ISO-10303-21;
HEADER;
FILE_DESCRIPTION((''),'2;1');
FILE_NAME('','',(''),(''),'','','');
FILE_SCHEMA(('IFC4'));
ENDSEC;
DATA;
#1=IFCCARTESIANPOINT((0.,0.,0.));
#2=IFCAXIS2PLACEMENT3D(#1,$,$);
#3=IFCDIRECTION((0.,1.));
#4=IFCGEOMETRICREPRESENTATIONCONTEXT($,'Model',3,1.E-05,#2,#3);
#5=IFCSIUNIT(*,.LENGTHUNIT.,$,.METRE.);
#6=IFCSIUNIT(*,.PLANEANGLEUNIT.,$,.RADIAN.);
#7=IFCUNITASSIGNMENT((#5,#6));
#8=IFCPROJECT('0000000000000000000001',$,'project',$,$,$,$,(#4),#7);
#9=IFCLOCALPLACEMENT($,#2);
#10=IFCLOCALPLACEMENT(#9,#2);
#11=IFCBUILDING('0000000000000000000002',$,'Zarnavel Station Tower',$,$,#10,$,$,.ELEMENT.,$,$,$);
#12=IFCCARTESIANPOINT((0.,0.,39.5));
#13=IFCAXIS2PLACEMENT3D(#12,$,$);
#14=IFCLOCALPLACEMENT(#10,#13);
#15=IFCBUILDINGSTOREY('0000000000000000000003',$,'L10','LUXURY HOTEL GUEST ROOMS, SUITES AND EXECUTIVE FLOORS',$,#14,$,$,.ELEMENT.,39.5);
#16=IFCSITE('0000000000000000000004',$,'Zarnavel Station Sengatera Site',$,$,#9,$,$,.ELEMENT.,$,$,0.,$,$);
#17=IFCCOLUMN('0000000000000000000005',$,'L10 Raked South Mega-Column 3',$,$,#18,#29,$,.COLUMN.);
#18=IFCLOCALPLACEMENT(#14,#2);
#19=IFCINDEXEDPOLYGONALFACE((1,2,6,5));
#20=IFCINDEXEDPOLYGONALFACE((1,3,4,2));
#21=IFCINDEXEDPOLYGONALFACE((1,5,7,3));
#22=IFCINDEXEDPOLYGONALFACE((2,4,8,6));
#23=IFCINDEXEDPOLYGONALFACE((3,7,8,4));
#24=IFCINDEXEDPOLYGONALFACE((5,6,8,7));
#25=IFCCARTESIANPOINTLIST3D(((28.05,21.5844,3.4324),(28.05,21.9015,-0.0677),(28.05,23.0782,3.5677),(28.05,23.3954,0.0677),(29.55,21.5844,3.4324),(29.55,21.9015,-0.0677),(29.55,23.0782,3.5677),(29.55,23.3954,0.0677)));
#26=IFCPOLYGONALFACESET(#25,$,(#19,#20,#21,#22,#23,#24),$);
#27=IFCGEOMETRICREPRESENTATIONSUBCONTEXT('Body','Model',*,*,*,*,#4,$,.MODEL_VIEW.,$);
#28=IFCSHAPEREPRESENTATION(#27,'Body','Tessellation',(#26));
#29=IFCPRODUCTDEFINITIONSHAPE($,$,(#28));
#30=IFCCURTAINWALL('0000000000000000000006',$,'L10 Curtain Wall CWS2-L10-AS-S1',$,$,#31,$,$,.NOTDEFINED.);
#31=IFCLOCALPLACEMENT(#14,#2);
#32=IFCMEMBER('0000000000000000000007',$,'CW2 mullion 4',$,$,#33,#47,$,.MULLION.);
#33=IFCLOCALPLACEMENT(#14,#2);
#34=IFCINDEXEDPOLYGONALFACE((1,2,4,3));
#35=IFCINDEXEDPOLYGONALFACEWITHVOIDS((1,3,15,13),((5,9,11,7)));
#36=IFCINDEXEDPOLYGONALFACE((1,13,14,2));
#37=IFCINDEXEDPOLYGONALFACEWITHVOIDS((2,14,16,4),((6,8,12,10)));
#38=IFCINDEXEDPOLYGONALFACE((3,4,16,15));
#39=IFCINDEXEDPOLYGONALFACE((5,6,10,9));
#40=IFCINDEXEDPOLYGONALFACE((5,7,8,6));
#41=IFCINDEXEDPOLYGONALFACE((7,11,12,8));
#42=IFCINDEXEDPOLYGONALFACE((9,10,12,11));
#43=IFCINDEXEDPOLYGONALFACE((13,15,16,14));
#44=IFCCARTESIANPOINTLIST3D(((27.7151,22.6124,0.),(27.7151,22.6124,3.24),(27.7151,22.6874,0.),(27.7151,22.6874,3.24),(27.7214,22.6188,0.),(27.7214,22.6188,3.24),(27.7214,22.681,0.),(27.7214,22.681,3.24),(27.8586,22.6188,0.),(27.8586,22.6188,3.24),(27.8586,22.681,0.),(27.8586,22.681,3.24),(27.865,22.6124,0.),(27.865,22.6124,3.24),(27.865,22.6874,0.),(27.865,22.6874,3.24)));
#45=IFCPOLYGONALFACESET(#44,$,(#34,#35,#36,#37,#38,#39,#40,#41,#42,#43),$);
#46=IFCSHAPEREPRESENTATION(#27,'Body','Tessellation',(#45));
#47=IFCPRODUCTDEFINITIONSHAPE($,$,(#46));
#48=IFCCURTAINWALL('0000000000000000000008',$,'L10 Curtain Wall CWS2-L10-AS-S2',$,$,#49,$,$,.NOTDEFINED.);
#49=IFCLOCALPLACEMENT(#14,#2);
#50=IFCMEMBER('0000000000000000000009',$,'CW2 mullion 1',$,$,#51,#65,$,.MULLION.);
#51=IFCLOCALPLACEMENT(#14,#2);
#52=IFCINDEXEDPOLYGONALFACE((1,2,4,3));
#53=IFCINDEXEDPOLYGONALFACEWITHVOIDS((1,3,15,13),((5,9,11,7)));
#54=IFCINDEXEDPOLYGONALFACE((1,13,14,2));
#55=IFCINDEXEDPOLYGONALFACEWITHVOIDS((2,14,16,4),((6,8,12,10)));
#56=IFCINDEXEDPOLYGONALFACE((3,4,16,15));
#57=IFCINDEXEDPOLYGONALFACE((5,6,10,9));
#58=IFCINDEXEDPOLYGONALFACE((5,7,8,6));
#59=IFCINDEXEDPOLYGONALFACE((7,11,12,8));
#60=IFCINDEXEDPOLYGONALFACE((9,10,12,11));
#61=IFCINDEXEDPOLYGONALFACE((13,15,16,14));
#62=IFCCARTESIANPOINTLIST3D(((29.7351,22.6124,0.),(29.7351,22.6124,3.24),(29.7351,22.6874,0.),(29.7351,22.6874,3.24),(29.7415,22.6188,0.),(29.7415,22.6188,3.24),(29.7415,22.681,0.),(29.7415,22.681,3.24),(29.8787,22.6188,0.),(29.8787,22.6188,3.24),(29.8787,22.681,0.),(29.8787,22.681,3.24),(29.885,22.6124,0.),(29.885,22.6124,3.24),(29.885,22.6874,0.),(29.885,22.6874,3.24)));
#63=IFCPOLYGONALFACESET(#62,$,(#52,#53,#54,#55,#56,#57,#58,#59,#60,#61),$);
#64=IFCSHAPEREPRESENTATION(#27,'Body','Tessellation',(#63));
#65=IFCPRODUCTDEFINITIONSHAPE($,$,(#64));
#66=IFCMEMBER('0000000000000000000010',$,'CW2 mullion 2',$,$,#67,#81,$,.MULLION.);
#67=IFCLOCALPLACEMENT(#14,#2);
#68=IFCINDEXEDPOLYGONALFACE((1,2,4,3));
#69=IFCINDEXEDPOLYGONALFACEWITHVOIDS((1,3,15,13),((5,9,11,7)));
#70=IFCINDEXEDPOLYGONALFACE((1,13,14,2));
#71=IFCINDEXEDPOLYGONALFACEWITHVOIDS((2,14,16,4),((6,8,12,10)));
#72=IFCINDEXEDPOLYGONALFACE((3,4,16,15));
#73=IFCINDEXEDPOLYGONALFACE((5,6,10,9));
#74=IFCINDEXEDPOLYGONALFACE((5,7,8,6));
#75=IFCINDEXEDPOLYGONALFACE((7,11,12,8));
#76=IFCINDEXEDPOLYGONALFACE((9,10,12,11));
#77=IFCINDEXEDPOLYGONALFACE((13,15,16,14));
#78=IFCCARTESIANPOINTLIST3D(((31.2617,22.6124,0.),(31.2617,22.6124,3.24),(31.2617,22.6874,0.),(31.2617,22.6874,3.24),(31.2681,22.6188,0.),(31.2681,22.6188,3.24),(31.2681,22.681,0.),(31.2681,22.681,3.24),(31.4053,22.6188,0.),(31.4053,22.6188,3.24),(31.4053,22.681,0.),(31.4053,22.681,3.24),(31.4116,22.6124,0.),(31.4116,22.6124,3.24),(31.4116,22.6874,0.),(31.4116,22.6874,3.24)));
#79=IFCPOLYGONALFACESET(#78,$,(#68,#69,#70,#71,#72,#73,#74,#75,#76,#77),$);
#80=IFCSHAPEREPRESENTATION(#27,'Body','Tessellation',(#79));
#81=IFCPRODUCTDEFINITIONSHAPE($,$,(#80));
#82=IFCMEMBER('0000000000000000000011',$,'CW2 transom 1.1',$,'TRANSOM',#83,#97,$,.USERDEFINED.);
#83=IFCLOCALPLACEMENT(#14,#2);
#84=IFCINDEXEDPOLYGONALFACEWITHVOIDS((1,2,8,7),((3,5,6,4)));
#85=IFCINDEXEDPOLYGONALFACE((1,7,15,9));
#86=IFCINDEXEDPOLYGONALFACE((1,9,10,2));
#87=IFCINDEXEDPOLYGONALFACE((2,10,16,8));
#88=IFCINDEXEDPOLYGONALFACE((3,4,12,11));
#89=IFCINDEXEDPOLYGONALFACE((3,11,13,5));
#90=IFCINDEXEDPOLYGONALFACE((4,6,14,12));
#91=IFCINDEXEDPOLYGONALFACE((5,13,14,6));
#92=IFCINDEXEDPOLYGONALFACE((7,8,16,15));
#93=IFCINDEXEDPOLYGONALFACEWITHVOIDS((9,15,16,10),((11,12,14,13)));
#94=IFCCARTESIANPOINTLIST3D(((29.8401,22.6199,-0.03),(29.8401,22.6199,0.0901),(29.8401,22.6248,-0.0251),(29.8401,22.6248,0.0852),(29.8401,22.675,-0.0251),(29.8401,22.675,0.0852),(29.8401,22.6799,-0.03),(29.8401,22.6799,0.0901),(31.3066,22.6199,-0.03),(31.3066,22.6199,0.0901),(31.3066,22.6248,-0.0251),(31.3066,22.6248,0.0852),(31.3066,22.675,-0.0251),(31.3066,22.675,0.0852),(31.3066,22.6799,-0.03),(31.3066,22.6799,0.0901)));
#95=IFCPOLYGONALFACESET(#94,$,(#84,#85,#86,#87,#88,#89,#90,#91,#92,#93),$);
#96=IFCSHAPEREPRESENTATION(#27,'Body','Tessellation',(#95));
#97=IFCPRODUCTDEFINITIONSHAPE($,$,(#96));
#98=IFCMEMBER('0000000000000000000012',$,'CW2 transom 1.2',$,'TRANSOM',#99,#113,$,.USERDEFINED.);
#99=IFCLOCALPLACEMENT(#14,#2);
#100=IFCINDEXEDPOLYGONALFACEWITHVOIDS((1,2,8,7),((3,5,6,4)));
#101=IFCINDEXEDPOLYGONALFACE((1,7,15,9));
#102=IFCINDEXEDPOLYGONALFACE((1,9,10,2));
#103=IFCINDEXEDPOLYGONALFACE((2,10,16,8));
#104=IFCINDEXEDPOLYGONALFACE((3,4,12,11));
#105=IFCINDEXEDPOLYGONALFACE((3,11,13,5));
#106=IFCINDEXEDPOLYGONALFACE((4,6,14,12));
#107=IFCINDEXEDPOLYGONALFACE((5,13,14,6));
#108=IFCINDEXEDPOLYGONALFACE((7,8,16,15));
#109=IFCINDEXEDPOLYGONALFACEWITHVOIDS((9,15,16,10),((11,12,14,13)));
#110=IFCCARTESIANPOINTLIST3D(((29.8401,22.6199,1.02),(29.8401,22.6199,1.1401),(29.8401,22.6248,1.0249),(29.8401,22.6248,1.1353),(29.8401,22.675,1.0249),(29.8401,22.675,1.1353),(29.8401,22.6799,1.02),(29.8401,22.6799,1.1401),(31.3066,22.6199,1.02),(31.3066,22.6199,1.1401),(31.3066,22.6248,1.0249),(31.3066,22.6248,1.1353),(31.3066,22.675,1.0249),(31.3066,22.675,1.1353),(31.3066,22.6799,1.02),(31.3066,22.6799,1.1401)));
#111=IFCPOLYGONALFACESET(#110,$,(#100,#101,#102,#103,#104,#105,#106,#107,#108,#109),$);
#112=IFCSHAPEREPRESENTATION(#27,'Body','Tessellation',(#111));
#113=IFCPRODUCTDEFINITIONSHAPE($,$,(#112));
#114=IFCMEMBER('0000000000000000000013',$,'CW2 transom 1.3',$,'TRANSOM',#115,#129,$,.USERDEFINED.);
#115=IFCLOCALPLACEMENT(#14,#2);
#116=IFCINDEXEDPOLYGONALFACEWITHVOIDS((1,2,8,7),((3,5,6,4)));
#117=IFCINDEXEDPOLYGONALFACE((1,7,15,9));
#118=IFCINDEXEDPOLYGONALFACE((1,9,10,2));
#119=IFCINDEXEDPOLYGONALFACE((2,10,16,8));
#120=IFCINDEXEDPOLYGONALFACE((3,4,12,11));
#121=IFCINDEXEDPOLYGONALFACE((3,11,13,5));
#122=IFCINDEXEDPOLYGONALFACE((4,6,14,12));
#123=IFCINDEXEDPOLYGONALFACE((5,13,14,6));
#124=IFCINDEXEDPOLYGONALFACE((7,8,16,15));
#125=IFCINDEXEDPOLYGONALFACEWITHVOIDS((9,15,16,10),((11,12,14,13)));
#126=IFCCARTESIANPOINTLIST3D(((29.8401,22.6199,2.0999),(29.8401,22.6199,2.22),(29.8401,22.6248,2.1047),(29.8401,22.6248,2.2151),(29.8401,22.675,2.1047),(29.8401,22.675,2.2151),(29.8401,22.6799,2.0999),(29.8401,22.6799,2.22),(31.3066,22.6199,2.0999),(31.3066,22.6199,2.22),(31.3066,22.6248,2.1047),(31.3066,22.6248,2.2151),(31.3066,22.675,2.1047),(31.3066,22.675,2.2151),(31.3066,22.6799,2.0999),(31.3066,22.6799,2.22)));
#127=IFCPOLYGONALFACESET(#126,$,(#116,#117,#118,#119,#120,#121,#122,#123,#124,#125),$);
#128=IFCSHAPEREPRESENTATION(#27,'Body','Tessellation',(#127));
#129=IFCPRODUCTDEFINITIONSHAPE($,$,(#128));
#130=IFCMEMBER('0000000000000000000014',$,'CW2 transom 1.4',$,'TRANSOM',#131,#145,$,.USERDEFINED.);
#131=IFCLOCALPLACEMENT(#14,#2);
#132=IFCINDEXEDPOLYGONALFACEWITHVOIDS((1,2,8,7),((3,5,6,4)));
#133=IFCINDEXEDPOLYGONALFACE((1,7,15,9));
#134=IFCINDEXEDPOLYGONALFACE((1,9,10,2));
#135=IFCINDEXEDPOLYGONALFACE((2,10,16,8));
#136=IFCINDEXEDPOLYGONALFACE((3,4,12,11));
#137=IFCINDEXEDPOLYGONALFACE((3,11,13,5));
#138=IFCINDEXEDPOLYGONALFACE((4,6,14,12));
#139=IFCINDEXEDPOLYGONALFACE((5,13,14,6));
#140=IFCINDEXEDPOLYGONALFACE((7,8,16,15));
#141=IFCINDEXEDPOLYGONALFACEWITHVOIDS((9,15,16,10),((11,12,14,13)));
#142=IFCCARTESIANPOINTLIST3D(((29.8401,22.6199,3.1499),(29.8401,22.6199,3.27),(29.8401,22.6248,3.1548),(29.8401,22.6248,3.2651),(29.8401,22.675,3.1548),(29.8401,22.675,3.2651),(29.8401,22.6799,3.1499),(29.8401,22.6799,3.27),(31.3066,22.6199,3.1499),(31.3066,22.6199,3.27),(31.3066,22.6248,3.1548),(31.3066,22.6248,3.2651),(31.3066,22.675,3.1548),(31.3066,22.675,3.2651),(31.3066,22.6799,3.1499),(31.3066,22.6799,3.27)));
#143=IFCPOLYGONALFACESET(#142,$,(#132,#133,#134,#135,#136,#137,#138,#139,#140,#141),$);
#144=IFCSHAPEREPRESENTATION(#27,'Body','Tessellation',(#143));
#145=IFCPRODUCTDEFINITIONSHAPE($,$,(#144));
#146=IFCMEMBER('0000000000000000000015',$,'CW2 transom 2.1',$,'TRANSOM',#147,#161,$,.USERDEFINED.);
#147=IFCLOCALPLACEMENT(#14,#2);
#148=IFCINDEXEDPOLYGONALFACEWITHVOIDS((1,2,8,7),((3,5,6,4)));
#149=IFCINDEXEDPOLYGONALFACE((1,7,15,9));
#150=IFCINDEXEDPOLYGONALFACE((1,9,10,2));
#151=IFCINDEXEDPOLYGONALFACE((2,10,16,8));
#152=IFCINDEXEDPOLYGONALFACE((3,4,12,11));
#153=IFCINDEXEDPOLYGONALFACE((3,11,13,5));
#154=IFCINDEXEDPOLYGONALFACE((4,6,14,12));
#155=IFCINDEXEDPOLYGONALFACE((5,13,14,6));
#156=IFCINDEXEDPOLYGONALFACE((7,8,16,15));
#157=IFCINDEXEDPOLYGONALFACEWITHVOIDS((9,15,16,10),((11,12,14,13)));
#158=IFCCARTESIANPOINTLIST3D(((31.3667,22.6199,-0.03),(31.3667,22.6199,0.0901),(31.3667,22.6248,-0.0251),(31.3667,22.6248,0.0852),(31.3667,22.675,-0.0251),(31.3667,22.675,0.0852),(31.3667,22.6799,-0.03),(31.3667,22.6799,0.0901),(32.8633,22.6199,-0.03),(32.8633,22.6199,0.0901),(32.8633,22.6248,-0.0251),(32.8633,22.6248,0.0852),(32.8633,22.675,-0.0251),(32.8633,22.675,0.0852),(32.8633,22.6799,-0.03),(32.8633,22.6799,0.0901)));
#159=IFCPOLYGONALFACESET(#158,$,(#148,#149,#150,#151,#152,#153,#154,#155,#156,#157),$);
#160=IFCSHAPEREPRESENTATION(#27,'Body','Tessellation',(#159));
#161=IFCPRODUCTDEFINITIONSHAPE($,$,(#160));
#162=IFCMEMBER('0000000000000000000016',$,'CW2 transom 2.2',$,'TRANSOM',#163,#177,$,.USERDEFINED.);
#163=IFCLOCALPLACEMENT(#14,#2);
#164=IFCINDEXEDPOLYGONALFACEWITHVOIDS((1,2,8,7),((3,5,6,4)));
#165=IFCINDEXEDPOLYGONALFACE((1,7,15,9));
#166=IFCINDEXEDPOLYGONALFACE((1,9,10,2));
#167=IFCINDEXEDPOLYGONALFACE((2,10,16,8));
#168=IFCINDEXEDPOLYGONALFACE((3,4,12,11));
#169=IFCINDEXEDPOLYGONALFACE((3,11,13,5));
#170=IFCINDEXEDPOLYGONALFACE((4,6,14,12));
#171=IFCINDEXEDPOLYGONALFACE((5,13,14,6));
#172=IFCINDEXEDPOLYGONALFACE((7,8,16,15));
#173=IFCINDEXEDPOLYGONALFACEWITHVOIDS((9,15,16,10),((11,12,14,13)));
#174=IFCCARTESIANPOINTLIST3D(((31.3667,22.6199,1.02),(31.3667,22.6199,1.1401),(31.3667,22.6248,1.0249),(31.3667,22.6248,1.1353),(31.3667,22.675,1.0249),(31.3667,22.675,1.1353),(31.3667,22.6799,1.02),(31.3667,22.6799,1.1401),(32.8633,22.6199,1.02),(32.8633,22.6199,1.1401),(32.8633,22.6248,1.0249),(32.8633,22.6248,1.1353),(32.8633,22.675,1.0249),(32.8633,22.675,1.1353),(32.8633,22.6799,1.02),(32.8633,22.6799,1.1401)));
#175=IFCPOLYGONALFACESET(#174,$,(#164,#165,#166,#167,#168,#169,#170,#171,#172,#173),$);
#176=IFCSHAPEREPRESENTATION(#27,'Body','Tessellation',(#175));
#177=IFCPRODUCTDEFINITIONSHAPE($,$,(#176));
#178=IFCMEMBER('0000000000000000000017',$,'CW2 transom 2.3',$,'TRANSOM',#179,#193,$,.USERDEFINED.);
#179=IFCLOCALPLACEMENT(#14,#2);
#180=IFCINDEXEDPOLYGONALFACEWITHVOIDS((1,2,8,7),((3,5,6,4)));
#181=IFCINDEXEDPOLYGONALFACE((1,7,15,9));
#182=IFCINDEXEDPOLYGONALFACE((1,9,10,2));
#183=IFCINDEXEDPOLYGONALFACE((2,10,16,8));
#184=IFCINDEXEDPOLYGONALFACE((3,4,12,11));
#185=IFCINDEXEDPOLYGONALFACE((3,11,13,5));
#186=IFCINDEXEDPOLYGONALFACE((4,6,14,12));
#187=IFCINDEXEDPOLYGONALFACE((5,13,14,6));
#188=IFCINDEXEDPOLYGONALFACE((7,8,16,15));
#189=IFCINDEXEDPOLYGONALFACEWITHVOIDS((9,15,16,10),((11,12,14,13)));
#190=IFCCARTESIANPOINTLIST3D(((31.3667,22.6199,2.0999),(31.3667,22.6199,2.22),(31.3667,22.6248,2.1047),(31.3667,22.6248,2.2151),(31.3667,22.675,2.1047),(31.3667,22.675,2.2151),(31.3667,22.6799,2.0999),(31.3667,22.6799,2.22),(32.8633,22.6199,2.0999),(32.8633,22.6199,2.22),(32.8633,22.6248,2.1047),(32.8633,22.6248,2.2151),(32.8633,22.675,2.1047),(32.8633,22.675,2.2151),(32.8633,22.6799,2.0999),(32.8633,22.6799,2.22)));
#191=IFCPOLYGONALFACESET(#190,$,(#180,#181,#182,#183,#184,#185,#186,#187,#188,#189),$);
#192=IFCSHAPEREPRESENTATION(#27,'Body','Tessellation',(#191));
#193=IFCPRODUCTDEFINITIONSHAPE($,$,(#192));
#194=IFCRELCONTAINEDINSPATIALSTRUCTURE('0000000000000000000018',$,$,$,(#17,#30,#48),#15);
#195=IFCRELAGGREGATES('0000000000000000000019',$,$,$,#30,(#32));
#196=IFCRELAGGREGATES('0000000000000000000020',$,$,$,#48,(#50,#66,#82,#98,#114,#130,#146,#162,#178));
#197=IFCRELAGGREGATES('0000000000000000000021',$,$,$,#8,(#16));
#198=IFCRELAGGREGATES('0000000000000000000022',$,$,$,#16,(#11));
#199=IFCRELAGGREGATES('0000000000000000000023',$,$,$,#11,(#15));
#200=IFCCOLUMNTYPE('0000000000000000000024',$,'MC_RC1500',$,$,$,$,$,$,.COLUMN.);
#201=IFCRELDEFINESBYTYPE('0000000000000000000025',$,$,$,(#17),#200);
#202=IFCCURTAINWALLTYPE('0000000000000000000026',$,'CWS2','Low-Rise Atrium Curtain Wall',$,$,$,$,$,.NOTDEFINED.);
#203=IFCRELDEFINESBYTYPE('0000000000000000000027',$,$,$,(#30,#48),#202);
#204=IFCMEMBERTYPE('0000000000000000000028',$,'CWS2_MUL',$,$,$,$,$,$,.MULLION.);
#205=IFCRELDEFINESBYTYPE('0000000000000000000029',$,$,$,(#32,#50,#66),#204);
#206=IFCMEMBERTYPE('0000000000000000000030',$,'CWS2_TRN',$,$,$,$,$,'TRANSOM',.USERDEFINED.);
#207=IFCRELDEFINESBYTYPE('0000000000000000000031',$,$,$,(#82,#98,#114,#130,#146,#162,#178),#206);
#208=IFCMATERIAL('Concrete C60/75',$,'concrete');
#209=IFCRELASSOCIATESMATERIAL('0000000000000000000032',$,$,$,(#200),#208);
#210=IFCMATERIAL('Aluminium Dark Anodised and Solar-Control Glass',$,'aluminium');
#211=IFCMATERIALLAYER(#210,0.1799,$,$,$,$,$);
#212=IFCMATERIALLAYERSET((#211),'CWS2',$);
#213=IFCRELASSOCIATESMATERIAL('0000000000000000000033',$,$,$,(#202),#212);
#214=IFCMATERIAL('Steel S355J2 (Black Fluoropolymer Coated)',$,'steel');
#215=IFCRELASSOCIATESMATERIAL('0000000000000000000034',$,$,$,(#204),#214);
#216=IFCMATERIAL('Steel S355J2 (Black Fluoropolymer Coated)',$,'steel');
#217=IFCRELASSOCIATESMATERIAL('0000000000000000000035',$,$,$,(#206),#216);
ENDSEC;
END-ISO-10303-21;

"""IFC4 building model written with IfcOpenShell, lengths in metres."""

from ifc_helpers import new_model, si_unit, direction, frame, origin, origin_2d, place, context, subcontext, project, spatial, rectangle, hollow_rectangle, extrude, material, layer, layer_set, material_profile, profile_set, type_object, element, aggregate, save


model = new_model("IFC4")

# Units and contexts
model_context = context("Model", 3, precision=1e-05, world=origin(), true_north=direction((0.0, 1.0)))
body_context = subcontext(model_context, "Body", "Model", "MODEL_VIEW")
ifc_project = project(units=[si_unit("LENGTHUNIT", "METRE"), si_unit("PLANEANGLEUNIT", "RADIAN")], contexts=[model_context])

# Site, building, storey
site_placement = place(None, origin())
site = spatial("IfcSite", under=ifc_project, at=site_placement, Name="Zarnavel Station Sengatera Site", CompositionType="ELEMENT", RefElevation=0.0)
building_placement = place(site_placement, origin())
building = spatial("IfcBuilding", under=site, at=building_placement, Name="Zarnavel Station Tower", CompositionType="ELEMENT")
storey_placement = place(building_placement, frame((0.0, 0.0, 39.5)))
storey = spatial("IfcBuildingStorey", under=building, at=storey_placement, Name="L10", Description="LUXURY HOTEL GUEST ROOMS, SUITES AND EXECUTIVE FLOORS", CompositionType="ELEMENT", Elevation=39.5)

# Column
ifc_material_1 = material(Name="Concrete C60/75", Category="concrete")
ifc_material_profile_1 = material_profile(ifc_material_1, rectangle(XDim=1.5, YDim=1.5, at=origin_2d()), Name="RC1500x1500")
ifc_profile_set_1 = profile_set([ifc_material_profile_1], Name="Concrete C60/75")
column_type = type_object("IfcColumnType", Name="MC_RC1500", PredefinedType="COLUMN", material=ifc_profile_set_1)
column_placement = place(storey_placement, frame((28.8, 22.6484, 0.0), z_axis=(0.0, -0.090241, 0.99592), x_axis=(1.0, 0.0, 0.0)))
element("IfcColumn", 1, at=column_placement, inside=storey, type_object=column_type, Name="L10 Raked South Mega-Column 3", PredefinedType="COLUMN", context=body_context, shape_type="SweptSolid", body=[
    extrude(rectangle(XDim=1.5, YDim=1.5, at=origin_2d()), origin(), (0.0, 0.0, 1.0), 3.5144),
])

# Curtain wall, member
ifc_material_2 = material(Name="Aluminium Dark Anodised and Solar-Control Glass", Category="aluminium")
ifc_layer_1 = layer(ifc_material_2, 0.1799)
ifc_layer_set_1 = layer_set([ifc_layer_1], Name="CWS2")
curtain_wall_type = type_object("IfcCurtainWallType", Name="CWS2", Description="Low-Rise Atrium Curtain Wall", PredefinedType="NOTDEFINED", material=ifc_layer_set_1)
curtain_wall_1_placement = place(storey_placement, origin())
curtain_wall_1 = element("IfcCurtainWall", 2, at=curtain_wall_1_placement, inside=storey, type_object=curtain_wall_type, Name="L10 Curtain Wall CWS2-L10-AS-S1", PredefinedType="NOTDEFINED")
ifc_material_3 = material(Name="Steel S355J2 (Black Fluoropolymer Coated)", Category="steel")
ifc_material_profile_2 = material_profile(ifc_material_3, hollow_rectangle(XDim=0.075, YDim=0.1499, WallThickness=0.0063, at=origin_2d()), Name="RHS150x75x6.3")
ifc_profile_set_2 = profile_set([ifc_material_profile_2], Name="Steel S355J2 (Black Fluoropolymer Coated)")
member_type_1 = type_object("IfcMemberType", Name="CWS2_MUL", PredefinedType="MULLION", material=ifc_profile_set_2)
member_1_placement = place(storey_placement, frame((27.79, 22.6499, 0.0), z_axis=(0.0, 0.0, 1.0), x_axis=(0.0, 1.0, 0.0)))
member_1 = element("IfcMember", 3, at=member_1_placement, type_object=member_type_1, Name="CW2 mullion 4", PredefinedType="MULLION", context=body_context, shape_type="SweptSolid", body=[
    extrude(hollow_rectangle(XDim=0.075, YDim=0.1499, WallThickness=0.0063, at=origin_2d()), origin(), (0.0, 0.0, 1.0), 3.24),
])
aggregate(curtain_wall_1, [member_1])

# Curtain wall, members
curtain_wall_2_placement = place(storey_placement, origin())
curtain_wall_2 = element("IfcCurtainWall", 4, at=curtain_wall_2_placement, inside=storey, type_object=curtain_wall_type, Name="L10 Curtain Wall CWS2-L10-AS-S2", PredefinedType="NOTDEFINED")
member_2_placement = place(storey_placement, frame((29.8101, 22.6499, 0.0), z_axis=(0.0, 0.0, 1.0), x_axis=(0.0, 1.0, 0.0)))
member_2 = element("IfcMember", 5, at=member_2_placement, type_object=member_type_1, Name="CW2 mullion 1", PredefinedType="MULLION", context=body_context, shape_type="SweptSolid", body=[
    extrude(hollow_rectangle(XDim=0.075, YDim=0.1499, WallThickness=0.0063, at=origin_2d()), origin(), (0.0, 0.0, 1.0), 3.24),
])
member_3_placement = place(storey_placement, frame((31.3367, 22.6499, 0.0), z_axis=(0.0, 0.0, 1.0), x_axis=(0.0, 1.0, 0.0)))
member_3 = element("IfcMember", 6, at=member_3_placement, type_object=member_type_1, Name="CW2 mullion 2", PredefinedType="MULLION", context=body_context, shape_type="SweptSolid", body=[
    extrude(hollow_rectangle(XDim=0.075, YDim=0.1499, WallThickness=0.0063, at=origin_2d()), origin(), (0.0, 0.0, 1.0), 3.24),
])
ifc_material_4 = material(Name="Steel S355J2 (Black Fluoropolymer Coated)", Category="steel")
ifc_material_profile_3 = material_profile(ifc_material_4, hollow_rectangle(XDim=0.0601, YDim=0.1201, WallThickness=0.0049, at=origin_2d()), Name="RHS120x60x5")
ifc_profile_set_3 = profile_set([ifc_material_profile_3], Name="Steel S355J2 (Black Fluoropolymer Coated)")
member_type_2 = type_object("IfcMemberType", Name="CWS2_TRN", ElementType="TRANSOM", PredefinedType="USERDEFINED", material=ifc_profile_set_3)
member_4_placement = place(storey_placement, frame((29.8401, 22.6499, 0.03), z_axis=(1.0, 0.0, 0.0), x_axis=(0.0, 1.0, 0.0)))
member_4 = element("IfcMember", 7, at=member_4_placement, type_object=member_type_2, Name="CW2 transom 1.1", ObjectType="TRANSOM", PredefinedType="USERDEFINED", context=body_context, shape_type="SweptSolid", body=[
    extrude(hollow_rectangle(XDim=0.0601, YDim=0.1201, WallThickness=0.0049, at=origin_2d()), origin(), (0.0, 0.0, 1.0), 1.4666),
])
member_5_placement = place(storey_placement, frame((29.8401, 22.6499, 1.0801), z_axis=(1.0, 0.0, 0.0), x_axis=(0.0, 1.0, 0.0)))
member_5 = element("IfcMember", 8, at=member_5_placement, type_object=member_type_2, Name="CW2 transom 1.2", ObjectType="TRANSOM", PredefinedType="USERDEFINED", context=body_context, shape_type="SweptSolid", body=[
    extrude(hollow_rectangle(XDim=0.0601, YDim=0.1201, WallThickness=0.0049, at=origin_2d()), origin(), (0.0, 0.0, 1.0), 1.4666),
])
member_6_placement = place(storey_placement, frame((29.8401, 22.6499, 2.1599), z_axis=(1.0, 0.0, 0.0), x_axis=(0.0, 1.0, 0.0)))
member_6 = element("IfcMember", 9, at=member_6_placement, type_object=member_type_2, Name="CW2 transom 1.3", ObjectType="TRANSOM", PredefinedType="USERDEFINED", context=body_context, shape_type="SweptSolid", body=[
    extrude(hollow_rectangle(XDim=0.0601, YDim=0.1201, WallThickness=0.0049, at=origin_2d()), origin(), (0.0, 0.0, 1.0), 1.4666),
])
member_7_placement = place(storey_placement, frame((29.8401, 22.6499, 3.21), z_axis=(1.0, 0.0, 0.0), x_axis=(0.0, 1.0, 0.0)))
member_7 = element("IfcMember", 10, at=member_7_placement, type_object=member_type_2, Name="CW2 transom 1.4", ObjectType="TRANSOM", PredefinedType="USERDEFINED", context=body_context, shape_type="SweptSolid", body=[
    extrude(hollow_rectangle(XDim=0.0601, YDim=0.1201, WallThickness=0.0049, at=origin_2d()), origin(), (0.0, 0.0, 1.0), 1.4666),
])
member_8_placement = place(storey_placement, frame((31.3667, 22.6499, 0.03), z_axis=(1.0, 0.0, 0.0), x_axis=(0.0, 1.0, 0.0)))
member_8 = element("IfcMember", 11, at=member_8_placement, type_object=member_type_2, Name="CW2 transom 2.1", ObjectType="TRANSOM", PredefinedType="USERDEFINED", context=body_context, shape_type="SweptSolid", body=[
    extrude(hollow_rectangle(XDim=0.0601, YDim=0.1201, WallThickness=0.0049, at=origin_2d()), origin(), (0.0, 0.0, 1.0), 1.4966),
])
member_9_placement = place(storey_placement, frame((31.3667, 22.6499, 1.0801), z_axis=(1.0, 0.0, 0.0), x_axis=(0.0, 1.0, 0.0)))
member_9 = element("IfcMember", 12, at=member_9_placement, type_object=member_type_2, Name="CW2 transom 2.2", ObjectType="TRANSOM", PredefinedType="USERDEFINED", context=body_context, shape_type="SweptSolid", body=[
    extrude(hollow_rectangle(XDim=0.0601, YDim=0.1201, WallThickness=0.0049, at=origin_2d()), origin(), (0.0, 0.0, 1.0), 1.4966),
])
member_10_placement = place(storey_placement, frame((31.3667, 22.6499, 2.1599), z_axis=(1.0, 0.0, 0.0), x_axis=(0.0, 1.0, 0.0)))
member_10 = element("IfcMember", 13, at=member_10_placement, type_object=member_type_2, Name="CW2 transom 2.3", ObjectType="TRANSOM", PredefinedType="USERDEFINED", context=body_context, shape_type="SweptSolid", body=[
    extrude(hollow_rectangle(XDim=0.0601, YDim=0.1201, WallThickness=0.0049, at=origin_2d()), origin(), (0.0, 0.0, 1.0), 1.4966),
])

aggregate(curtain_wall_2, [member_2, member_3, member_4, member_5, member_6, member_7, member_8, member_9, member_10])

save(model, "model.ifc")
